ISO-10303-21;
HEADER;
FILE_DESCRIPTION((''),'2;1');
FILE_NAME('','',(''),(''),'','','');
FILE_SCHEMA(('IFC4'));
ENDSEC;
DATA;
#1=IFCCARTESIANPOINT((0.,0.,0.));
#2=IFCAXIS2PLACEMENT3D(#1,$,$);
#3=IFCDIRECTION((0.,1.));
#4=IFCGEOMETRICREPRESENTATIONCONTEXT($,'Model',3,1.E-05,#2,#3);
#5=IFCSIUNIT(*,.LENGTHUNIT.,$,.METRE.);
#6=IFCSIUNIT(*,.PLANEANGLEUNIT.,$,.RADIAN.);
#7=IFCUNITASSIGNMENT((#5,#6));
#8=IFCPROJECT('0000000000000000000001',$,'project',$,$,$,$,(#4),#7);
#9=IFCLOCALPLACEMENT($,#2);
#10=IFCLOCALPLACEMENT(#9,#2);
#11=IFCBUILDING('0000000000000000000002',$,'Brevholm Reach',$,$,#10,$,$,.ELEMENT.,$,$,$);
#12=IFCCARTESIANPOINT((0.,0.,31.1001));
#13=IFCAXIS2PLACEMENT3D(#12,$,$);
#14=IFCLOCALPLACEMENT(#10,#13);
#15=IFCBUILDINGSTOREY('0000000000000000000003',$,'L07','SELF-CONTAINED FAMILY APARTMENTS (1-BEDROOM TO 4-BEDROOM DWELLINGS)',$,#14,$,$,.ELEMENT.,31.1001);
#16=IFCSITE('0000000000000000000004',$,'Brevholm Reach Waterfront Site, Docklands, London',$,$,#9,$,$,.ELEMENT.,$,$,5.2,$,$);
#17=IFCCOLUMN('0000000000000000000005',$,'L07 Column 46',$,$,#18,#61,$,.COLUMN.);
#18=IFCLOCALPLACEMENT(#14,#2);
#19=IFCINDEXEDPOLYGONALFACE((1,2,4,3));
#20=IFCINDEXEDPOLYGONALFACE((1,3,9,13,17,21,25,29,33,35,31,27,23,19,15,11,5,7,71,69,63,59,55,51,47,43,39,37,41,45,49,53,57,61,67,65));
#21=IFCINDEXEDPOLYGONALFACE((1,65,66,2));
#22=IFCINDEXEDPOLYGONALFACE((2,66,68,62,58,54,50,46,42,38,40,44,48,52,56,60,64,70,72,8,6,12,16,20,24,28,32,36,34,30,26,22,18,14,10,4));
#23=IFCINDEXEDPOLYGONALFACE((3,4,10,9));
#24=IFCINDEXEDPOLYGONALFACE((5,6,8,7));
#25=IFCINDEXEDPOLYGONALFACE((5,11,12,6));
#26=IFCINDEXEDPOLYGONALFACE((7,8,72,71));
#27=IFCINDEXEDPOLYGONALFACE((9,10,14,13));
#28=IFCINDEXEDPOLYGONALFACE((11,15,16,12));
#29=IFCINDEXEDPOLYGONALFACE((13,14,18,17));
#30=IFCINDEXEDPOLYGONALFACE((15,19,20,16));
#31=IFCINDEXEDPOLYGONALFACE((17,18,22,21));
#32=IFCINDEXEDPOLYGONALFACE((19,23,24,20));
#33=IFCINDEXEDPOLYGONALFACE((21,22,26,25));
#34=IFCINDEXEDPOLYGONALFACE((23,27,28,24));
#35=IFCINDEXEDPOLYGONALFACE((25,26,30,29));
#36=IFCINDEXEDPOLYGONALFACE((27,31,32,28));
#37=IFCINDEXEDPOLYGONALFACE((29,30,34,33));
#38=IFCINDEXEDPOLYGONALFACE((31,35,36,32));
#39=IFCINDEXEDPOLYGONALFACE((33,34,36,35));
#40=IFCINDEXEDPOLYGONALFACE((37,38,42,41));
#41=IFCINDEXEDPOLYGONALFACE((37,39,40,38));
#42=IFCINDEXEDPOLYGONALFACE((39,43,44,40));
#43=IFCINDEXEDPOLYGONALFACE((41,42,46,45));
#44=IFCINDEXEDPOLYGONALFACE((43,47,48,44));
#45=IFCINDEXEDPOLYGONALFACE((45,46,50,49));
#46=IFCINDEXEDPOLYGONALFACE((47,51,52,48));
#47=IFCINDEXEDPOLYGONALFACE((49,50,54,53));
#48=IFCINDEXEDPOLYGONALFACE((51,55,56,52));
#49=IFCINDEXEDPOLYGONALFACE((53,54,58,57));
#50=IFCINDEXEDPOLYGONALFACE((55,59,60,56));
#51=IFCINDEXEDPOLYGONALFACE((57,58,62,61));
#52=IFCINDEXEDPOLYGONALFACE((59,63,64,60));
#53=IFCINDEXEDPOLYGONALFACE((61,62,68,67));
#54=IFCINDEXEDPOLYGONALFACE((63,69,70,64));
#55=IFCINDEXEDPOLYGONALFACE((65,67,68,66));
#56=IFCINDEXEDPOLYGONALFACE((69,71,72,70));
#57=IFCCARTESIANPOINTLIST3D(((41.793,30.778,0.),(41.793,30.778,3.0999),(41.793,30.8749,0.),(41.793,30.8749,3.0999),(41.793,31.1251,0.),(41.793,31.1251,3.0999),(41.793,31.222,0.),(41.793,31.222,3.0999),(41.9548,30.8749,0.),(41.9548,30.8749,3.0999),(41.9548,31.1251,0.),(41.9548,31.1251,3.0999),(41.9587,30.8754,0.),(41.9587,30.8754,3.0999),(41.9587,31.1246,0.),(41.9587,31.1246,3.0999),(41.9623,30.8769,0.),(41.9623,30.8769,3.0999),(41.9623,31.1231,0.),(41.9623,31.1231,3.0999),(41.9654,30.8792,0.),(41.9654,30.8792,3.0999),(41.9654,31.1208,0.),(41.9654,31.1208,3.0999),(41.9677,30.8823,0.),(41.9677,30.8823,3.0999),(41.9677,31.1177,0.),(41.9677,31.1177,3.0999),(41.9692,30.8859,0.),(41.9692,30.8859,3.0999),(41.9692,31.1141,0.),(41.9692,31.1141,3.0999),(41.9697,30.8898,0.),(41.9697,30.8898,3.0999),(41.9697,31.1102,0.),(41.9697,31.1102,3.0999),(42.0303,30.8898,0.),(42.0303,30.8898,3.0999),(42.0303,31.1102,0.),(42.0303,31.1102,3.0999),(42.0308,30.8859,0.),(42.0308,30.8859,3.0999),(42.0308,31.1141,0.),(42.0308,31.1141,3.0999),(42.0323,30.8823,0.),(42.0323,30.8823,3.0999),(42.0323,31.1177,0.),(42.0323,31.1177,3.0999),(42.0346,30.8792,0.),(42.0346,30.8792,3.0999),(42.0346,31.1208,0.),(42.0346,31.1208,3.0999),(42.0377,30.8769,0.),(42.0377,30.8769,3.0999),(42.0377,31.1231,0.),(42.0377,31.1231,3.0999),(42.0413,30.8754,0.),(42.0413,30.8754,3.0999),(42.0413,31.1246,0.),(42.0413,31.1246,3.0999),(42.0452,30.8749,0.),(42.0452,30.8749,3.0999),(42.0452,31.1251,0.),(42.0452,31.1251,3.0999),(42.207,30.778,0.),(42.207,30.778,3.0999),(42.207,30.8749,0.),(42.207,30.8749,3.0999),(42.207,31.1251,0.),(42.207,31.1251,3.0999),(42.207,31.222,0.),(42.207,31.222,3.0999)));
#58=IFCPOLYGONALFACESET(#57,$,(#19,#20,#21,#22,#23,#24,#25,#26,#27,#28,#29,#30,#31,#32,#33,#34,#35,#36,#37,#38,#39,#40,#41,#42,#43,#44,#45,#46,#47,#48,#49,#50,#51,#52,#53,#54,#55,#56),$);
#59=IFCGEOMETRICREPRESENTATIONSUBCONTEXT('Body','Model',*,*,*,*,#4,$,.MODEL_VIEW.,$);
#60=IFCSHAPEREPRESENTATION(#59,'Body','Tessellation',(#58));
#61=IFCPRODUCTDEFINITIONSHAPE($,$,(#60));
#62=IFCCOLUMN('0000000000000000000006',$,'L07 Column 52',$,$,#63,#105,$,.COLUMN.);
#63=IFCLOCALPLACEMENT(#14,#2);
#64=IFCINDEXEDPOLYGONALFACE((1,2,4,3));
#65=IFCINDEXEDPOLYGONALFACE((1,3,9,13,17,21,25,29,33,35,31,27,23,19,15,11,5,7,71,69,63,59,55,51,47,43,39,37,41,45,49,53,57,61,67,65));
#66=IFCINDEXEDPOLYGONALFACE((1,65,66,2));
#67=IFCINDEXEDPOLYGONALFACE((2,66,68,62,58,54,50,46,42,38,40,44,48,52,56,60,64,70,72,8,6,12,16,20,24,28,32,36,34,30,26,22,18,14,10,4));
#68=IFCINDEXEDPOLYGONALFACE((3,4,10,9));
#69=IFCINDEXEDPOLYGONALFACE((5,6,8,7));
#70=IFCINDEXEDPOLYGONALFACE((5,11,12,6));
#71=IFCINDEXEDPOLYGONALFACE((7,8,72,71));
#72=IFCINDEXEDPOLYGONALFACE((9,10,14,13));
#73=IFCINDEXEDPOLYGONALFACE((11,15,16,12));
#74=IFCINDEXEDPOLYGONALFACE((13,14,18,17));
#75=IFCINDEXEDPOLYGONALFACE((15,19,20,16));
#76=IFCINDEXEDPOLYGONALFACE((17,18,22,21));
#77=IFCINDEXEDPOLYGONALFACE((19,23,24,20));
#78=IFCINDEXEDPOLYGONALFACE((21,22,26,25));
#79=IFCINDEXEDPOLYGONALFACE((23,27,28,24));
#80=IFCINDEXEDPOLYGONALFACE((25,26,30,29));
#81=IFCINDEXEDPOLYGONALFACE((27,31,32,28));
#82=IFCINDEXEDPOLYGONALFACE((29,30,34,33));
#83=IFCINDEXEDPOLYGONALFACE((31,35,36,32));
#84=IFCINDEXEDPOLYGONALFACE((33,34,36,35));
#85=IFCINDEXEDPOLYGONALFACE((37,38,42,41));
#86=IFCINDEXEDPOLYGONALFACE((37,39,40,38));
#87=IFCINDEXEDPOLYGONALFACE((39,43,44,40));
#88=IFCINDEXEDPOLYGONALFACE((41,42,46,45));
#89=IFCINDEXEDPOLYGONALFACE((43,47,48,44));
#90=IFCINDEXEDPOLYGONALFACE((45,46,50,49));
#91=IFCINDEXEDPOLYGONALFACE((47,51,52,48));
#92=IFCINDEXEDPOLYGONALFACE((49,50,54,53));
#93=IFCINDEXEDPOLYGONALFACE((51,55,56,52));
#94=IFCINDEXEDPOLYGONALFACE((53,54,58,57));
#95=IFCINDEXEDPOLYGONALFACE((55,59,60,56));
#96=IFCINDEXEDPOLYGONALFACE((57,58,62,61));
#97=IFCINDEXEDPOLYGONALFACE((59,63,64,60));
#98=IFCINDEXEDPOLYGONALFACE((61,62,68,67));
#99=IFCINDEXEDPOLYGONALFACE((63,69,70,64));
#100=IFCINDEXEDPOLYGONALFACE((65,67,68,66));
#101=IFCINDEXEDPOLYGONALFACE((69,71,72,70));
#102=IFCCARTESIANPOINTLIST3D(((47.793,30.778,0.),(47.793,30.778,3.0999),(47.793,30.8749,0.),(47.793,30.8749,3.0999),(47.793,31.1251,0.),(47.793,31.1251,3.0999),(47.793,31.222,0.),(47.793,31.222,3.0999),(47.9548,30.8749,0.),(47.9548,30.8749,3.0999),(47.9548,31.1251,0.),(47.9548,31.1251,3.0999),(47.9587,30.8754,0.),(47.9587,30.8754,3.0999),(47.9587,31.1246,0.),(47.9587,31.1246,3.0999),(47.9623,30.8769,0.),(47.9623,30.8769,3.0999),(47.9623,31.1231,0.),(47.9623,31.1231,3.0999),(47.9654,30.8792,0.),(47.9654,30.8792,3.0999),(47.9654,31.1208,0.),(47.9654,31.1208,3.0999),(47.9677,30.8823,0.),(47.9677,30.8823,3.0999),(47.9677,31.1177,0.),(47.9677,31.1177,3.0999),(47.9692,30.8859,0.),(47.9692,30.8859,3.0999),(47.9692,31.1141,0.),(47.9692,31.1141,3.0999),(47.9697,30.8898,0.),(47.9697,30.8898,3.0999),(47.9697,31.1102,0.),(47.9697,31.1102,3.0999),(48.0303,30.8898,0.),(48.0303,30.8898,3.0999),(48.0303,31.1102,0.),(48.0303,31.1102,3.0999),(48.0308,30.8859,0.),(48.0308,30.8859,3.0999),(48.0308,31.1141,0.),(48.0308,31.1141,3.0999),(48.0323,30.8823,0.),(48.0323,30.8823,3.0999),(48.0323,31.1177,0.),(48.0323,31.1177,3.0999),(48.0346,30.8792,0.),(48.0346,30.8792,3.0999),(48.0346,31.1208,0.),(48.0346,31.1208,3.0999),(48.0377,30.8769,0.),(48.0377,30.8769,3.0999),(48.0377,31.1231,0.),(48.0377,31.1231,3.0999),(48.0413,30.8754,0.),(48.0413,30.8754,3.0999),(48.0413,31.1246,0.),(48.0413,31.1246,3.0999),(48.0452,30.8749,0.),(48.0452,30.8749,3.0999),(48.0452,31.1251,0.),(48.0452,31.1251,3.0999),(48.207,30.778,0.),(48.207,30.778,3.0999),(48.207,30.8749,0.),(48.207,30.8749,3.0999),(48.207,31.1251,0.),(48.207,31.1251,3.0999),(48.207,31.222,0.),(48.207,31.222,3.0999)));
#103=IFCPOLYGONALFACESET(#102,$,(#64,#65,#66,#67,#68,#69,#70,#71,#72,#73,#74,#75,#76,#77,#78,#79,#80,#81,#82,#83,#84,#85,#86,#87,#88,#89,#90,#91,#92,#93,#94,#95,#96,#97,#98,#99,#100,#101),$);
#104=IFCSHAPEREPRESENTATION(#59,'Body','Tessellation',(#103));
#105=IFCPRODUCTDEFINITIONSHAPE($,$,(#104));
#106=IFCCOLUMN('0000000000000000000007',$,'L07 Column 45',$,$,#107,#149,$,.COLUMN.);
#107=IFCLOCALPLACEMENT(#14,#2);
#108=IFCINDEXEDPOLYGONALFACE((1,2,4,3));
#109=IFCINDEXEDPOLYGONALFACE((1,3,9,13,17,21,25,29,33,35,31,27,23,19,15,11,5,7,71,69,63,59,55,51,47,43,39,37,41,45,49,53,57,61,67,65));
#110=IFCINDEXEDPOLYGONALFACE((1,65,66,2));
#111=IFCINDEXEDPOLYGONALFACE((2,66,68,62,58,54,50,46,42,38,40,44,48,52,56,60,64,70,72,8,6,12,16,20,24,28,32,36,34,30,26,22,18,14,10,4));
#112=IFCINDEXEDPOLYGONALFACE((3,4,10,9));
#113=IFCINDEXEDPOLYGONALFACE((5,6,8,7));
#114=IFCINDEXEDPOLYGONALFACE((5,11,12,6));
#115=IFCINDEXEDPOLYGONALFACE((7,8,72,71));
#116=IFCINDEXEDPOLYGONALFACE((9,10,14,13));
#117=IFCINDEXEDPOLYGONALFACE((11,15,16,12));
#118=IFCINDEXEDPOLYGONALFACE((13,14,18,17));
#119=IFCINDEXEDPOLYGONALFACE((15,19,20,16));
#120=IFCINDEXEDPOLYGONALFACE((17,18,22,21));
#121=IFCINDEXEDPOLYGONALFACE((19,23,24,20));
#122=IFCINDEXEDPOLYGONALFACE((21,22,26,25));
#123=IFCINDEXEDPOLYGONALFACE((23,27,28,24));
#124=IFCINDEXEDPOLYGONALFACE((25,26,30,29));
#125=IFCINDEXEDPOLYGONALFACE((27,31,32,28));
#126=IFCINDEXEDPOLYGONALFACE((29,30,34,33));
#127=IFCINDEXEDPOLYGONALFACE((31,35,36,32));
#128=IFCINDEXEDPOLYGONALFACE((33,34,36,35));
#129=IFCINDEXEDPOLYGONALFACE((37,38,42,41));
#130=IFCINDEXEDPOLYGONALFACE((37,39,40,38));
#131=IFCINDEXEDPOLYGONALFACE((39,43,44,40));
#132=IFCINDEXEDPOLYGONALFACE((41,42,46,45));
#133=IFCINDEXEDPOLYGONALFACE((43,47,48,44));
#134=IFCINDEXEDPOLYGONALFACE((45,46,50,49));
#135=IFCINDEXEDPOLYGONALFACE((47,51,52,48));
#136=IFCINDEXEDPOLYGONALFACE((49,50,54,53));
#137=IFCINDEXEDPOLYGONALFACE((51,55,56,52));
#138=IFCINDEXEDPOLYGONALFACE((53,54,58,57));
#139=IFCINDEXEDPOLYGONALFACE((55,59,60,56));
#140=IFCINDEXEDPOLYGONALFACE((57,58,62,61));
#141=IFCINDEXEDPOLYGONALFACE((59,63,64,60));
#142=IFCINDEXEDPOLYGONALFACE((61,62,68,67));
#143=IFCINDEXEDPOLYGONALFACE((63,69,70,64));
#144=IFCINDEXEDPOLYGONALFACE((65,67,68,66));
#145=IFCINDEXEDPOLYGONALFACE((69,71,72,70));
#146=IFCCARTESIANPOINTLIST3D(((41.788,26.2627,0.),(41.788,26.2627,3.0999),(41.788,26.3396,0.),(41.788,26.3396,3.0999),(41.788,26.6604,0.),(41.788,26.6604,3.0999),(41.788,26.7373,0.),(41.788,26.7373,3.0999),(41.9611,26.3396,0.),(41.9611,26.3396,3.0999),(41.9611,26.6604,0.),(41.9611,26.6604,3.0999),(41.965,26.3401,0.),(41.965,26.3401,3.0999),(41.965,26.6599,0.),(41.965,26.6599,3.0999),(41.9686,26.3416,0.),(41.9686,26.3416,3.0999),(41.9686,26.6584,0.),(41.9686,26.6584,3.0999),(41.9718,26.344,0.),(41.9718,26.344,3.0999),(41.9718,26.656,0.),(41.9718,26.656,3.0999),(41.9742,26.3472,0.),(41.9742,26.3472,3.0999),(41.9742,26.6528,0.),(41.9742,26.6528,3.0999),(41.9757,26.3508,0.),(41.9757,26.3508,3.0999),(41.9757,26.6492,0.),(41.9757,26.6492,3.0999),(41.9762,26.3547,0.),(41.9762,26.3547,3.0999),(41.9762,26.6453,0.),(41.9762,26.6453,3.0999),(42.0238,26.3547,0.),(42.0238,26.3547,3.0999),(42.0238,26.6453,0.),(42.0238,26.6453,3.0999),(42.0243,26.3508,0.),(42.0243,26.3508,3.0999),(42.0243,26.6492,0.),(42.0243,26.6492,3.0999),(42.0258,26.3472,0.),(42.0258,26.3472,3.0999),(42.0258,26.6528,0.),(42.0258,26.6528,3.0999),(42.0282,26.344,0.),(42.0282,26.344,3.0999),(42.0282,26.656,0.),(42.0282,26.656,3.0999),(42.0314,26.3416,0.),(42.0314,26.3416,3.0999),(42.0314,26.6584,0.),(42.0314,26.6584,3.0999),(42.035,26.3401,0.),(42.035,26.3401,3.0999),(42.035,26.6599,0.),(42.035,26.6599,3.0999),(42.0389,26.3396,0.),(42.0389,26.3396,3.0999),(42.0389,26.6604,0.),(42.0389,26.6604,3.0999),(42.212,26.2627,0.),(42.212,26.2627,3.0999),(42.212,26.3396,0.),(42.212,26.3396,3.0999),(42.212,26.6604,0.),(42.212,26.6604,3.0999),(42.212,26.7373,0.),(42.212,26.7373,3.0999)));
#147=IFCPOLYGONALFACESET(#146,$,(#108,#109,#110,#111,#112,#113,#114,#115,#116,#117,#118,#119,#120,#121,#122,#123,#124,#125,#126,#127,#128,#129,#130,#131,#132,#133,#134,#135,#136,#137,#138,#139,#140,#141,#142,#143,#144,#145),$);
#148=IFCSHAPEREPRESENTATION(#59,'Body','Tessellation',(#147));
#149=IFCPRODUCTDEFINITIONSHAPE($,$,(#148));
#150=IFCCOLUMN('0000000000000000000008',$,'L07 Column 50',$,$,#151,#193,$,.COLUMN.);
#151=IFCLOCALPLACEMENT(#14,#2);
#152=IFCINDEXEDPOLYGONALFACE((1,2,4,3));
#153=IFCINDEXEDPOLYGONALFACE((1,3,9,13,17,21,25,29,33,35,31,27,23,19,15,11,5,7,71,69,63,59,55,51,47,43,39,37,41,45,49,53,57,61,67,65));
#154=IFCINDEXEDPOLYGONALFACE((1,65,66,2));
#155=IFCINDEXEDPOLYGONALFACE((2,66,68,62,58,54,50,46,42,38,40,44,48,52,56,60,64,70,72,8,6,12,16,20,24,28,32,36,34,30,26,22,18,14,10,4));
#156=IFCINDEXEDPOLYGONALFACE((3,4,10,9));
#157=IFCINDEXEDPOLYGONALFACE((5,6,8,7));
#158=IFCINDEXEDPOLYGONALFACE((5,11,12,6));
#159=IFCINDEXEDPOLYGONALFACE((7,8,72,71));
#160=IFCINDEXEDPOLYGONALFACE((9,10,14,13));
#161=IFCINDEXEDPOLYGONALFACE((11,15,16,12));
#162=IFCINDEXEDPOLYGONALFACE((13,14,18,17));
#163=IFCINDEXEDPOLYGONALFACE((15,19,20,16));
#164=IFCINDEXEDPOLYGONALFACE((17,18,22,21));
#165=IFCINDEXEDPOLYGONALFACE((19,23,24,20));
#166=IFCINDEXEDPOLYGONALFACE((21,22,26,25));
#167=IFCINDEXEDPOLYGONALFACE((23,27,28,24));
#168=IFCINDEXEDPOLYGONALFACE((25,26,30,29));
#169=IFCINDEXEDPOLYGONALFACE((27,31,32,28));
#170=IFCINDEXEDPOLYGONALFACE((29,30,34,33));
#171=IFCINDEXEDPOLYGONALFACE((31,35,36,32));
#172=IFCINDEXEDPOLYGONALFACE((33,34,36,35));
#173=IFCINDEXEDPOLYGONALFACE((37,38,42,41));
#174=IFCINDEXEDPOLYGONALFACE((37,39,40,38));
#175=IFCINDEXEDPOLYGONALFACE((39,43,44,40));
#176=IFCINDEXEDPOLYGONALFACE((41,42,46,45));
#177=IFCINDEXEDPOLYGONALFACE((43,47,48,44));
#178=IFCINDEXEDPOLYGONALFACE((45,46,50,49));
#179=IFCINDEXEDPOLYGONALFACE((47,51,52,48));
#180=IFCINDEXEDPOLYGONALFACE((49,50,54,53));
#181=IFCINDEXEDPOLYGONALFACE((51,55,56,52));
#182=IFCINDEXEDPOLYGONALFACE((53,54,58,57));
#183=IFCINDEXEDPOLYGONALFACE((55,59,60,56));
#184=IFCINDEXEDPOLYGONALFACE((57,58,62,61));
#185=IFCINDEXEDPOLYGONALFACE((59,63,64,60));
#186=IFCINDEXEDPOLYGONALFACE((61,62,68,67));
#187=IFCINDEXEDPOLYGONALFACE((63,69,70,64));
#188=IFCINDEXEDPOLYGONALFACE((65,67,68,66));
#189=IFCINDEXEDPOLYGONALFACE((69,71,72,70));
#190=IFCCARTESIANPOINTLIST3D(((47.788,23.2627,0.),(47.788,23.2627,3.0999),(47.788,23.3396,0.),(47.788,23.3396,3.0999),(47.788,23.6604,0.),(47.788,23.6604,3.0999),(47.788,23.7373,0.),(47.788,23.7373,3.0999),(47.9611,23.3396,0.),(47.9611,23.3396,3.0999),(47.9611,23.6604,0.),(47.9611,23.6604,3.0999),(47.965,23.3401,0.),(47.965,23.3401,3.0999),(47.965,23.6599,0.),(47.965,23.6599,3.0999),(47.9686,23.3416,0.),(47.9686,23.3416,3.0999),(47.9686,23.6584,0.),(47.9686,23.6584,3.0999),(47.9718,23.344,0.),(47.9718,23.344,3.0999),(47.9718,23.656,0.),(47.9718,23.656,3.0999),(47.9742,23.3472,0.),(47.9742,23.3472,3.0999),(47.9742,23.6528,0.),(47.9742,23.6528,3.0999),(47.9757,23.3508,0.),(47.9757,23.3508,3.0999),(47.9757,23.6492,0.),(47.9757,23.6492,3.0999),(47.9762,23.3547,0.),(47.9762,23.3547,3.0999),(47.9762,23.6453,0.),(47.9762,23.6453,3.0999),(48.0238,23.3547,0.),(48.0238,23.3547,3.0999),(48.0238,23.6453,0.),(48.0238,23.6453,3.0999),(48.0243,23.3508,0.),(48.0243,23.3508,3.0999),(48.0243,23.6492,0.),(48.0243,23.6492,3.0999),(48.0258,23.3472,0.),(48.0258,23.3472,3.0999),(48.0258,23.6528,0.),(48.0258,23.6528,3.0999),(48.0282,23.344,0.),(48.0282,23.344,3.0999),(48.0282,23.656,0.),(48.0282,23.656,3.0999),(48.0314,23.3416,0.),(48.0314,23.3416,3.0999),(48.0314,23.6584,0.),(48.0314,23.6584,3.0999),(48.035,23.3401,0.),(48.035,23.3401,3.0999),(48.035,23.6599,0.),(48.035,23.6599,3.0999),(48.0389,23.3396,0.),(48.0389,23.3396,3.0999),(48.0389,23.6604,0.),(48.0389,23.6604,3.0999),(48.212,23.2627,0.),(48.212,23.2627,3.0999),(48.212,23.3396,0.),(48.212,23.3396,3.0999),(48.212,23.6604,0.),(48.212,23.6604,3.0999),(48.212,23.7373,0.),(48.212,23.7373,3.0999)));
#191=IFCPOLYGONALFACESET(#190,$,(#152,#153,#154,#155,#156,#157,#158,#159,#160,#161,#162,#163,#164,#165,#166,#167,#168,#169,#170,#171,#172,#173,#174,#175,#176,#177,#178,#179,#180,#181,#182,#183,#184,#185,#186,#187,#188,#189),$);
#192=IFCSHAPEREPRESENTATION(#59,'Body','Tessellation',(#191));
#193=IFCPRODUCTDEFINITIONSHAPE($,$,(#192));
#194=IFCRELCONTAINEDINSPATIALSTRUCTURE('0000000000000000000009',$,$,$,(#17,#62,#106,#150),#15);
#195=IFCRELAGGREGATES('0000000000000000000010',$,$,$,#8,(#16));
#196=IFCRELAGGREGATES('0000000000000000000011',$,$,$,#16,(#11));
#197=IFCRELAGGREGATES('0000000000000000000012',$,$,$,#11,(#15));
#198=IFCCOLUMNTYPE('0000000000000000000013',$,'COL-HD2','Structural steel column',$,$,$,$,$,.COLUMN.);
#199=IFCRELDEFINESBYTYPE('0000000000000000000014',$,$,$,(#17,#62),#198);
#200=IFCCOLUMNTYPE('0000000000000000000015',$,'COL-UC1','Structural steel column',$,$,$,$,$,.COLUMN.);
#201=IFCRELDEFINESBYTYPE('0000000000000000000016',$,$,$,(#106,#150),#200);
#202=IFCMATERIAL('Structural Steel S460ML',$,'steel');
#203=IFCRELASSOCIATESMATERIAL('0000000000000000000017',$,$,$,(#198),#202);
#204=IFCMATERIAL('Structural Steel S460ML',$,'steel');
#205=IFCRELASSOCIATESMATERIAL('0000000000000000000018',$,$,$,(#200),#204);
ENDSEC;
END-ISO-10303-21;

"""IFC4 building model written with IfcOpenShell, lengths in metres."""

from ifc_helpers import new_model, si_unit, direction, frame, origin, origin_2d, place, context, subcontext, project, spatial, i_section, extrude, material, material_profile, profile_set, type_object, element, save


model = new_model("IFC4")

# Units and contexts
model_context = context("Model", 3, precision=1e-05, world=origin(), true_north=direction((0.0, 1.0)))
body_context = subcontext(model_context, "Body", "Model", "MODEL_VIEW")
ifc_project = project(units=[si_unit("LENGTHUNIT", "METRE"), si_unit("PLANEANGLEUNIT", "RADIAN")], contexts=[model_context])

# Site, building, storey
site_placement = place(None, origin())
site = spatial("IfcSite", under=ifc_project, at=site_placement, Name="Brevholm Reach Waterfront Site, Docklands, London", CompositionType="ELEMENT", RefElevation=5.2)
building_placement = place(site_placement, origin())
building = spatial("IfcBuilding", under=site, at=building_placement, Name="Brevholm Reach", CompositionType="ELEMENT")
storey_placement = place(building_placement, frame((0.0, 0.0, 31.1001)))
storey = spatial("IfcBuildingStorey", under=building, at=storey_placement, Name="L07", Description="SELF-CONTAINED FAMILY APARTMENTS (1-BEDROOM TO 4-BEDROOM DWELLINGS)", CompositionType="ELEMENT", Elevation=31.1001)

# Columns
ifc_material_1 = material(Name="Structural Steel S460ML", Category="steel")
ifc_material_profile_1 = material_profile(ifc_material_1, i_section(OverallWidth=0.4141, OverallDepth=0.4441, WebThickness=0.0605, FlangeThickness=0.0969, FilletRadius=0.0149, at=origin_2d()), Name="HD 400x818")
ifc_profile_set_1 = profile_set([ifc_material_profile_1], Name="Structural Steel S460ML")
column_type_1 = type_object("IfcColumnType", Name="COL-HD2", Description="Structural steel column", PredefinedType="COLUMN", material=ifc_profile_set_1)
for number, where, z_axis, x_axis, name in (
    (1, (42.0, 31.0, 0.0), (0.0, 0.0, 1.0), (1.0, 0.0, 0.0), "L07 Column 46"),
    (2, (48.0, 31.0, 0.0), (0.0, 0.0, 1.0), (1.0, 0.0, 0.0), "L07 Column 52"),
):
    element("IfcColumn", number, at=place(storey_placement, frame(where, z_axis=z_axis, x_axis=x_axis)), inside=storey, type_object=column_type_1, Name=name, PredefinedType="COLUMN", context=body_context, shape_type="SweptSolid", body=[
        extrude(i_section(OverallWidth=0.4141, OverallDepth=0.4441, WebThickness=0.0605, FlangeThickness=0.0969, FilletRadius=0.0149, at=origin_2d()), origin(), (0.0, 0.0, 1.0), 3.0999),
    ])
ifc_material_2 = material(Name="Structural Steel S460ML", Category="steel")
ifc_material_profile_2 = material_profile(ifc_material_2, i_section(OverallWidth=0.4241, OverallDepth=0.4746, WebThickness=0.0476, FlangeThickness=0.0769, FilletRadius=0.0151, at=origin_2d()), Name="UKC 356x406x634")
ifc_profile_set_2 = profile_set([ifc_material_profile_2], Name="Structural Steel S460ML")
column_type_2 = type_object("IfcColumnType", Name="COL-UC1", Description="Structural steel column", PredefinedType="COLUMN", material=ifc_profile_set_2)
for number, where, z_axis, x_axis, name in (
    (3, (42.0, 26.5, 0.0), (0.0, 0.0, 1.0), (1.0, 0.0, 0.0), "L07 Column 45"),
    (4, (48.0, 23.5, 0.0), (0.0, 0.0, 1.0), (1.0, 0.0, 0.0), "L07 Column 50"),
):
    element("IfcColumn", number, at=place(storey_placement, frame(where, z_axis=z_axis, x_axis=x_axis)), inside=storey, type_object=column_type_2, Name=name, PredefinedType="COLUMN", context=body_context, shape_type="SweptSolid", body=[
        extrude(i_section(OverallWidth=0.4241, OverallDepth=0.4746, WebThickness=0.0476, FlangeThickness=0.0769, FilletRadius=0.0151, at=origin_2d()), origin(), (0.0, 0.0, 1.0), 3.0999),
    ])

save(model, "model.ifc")
